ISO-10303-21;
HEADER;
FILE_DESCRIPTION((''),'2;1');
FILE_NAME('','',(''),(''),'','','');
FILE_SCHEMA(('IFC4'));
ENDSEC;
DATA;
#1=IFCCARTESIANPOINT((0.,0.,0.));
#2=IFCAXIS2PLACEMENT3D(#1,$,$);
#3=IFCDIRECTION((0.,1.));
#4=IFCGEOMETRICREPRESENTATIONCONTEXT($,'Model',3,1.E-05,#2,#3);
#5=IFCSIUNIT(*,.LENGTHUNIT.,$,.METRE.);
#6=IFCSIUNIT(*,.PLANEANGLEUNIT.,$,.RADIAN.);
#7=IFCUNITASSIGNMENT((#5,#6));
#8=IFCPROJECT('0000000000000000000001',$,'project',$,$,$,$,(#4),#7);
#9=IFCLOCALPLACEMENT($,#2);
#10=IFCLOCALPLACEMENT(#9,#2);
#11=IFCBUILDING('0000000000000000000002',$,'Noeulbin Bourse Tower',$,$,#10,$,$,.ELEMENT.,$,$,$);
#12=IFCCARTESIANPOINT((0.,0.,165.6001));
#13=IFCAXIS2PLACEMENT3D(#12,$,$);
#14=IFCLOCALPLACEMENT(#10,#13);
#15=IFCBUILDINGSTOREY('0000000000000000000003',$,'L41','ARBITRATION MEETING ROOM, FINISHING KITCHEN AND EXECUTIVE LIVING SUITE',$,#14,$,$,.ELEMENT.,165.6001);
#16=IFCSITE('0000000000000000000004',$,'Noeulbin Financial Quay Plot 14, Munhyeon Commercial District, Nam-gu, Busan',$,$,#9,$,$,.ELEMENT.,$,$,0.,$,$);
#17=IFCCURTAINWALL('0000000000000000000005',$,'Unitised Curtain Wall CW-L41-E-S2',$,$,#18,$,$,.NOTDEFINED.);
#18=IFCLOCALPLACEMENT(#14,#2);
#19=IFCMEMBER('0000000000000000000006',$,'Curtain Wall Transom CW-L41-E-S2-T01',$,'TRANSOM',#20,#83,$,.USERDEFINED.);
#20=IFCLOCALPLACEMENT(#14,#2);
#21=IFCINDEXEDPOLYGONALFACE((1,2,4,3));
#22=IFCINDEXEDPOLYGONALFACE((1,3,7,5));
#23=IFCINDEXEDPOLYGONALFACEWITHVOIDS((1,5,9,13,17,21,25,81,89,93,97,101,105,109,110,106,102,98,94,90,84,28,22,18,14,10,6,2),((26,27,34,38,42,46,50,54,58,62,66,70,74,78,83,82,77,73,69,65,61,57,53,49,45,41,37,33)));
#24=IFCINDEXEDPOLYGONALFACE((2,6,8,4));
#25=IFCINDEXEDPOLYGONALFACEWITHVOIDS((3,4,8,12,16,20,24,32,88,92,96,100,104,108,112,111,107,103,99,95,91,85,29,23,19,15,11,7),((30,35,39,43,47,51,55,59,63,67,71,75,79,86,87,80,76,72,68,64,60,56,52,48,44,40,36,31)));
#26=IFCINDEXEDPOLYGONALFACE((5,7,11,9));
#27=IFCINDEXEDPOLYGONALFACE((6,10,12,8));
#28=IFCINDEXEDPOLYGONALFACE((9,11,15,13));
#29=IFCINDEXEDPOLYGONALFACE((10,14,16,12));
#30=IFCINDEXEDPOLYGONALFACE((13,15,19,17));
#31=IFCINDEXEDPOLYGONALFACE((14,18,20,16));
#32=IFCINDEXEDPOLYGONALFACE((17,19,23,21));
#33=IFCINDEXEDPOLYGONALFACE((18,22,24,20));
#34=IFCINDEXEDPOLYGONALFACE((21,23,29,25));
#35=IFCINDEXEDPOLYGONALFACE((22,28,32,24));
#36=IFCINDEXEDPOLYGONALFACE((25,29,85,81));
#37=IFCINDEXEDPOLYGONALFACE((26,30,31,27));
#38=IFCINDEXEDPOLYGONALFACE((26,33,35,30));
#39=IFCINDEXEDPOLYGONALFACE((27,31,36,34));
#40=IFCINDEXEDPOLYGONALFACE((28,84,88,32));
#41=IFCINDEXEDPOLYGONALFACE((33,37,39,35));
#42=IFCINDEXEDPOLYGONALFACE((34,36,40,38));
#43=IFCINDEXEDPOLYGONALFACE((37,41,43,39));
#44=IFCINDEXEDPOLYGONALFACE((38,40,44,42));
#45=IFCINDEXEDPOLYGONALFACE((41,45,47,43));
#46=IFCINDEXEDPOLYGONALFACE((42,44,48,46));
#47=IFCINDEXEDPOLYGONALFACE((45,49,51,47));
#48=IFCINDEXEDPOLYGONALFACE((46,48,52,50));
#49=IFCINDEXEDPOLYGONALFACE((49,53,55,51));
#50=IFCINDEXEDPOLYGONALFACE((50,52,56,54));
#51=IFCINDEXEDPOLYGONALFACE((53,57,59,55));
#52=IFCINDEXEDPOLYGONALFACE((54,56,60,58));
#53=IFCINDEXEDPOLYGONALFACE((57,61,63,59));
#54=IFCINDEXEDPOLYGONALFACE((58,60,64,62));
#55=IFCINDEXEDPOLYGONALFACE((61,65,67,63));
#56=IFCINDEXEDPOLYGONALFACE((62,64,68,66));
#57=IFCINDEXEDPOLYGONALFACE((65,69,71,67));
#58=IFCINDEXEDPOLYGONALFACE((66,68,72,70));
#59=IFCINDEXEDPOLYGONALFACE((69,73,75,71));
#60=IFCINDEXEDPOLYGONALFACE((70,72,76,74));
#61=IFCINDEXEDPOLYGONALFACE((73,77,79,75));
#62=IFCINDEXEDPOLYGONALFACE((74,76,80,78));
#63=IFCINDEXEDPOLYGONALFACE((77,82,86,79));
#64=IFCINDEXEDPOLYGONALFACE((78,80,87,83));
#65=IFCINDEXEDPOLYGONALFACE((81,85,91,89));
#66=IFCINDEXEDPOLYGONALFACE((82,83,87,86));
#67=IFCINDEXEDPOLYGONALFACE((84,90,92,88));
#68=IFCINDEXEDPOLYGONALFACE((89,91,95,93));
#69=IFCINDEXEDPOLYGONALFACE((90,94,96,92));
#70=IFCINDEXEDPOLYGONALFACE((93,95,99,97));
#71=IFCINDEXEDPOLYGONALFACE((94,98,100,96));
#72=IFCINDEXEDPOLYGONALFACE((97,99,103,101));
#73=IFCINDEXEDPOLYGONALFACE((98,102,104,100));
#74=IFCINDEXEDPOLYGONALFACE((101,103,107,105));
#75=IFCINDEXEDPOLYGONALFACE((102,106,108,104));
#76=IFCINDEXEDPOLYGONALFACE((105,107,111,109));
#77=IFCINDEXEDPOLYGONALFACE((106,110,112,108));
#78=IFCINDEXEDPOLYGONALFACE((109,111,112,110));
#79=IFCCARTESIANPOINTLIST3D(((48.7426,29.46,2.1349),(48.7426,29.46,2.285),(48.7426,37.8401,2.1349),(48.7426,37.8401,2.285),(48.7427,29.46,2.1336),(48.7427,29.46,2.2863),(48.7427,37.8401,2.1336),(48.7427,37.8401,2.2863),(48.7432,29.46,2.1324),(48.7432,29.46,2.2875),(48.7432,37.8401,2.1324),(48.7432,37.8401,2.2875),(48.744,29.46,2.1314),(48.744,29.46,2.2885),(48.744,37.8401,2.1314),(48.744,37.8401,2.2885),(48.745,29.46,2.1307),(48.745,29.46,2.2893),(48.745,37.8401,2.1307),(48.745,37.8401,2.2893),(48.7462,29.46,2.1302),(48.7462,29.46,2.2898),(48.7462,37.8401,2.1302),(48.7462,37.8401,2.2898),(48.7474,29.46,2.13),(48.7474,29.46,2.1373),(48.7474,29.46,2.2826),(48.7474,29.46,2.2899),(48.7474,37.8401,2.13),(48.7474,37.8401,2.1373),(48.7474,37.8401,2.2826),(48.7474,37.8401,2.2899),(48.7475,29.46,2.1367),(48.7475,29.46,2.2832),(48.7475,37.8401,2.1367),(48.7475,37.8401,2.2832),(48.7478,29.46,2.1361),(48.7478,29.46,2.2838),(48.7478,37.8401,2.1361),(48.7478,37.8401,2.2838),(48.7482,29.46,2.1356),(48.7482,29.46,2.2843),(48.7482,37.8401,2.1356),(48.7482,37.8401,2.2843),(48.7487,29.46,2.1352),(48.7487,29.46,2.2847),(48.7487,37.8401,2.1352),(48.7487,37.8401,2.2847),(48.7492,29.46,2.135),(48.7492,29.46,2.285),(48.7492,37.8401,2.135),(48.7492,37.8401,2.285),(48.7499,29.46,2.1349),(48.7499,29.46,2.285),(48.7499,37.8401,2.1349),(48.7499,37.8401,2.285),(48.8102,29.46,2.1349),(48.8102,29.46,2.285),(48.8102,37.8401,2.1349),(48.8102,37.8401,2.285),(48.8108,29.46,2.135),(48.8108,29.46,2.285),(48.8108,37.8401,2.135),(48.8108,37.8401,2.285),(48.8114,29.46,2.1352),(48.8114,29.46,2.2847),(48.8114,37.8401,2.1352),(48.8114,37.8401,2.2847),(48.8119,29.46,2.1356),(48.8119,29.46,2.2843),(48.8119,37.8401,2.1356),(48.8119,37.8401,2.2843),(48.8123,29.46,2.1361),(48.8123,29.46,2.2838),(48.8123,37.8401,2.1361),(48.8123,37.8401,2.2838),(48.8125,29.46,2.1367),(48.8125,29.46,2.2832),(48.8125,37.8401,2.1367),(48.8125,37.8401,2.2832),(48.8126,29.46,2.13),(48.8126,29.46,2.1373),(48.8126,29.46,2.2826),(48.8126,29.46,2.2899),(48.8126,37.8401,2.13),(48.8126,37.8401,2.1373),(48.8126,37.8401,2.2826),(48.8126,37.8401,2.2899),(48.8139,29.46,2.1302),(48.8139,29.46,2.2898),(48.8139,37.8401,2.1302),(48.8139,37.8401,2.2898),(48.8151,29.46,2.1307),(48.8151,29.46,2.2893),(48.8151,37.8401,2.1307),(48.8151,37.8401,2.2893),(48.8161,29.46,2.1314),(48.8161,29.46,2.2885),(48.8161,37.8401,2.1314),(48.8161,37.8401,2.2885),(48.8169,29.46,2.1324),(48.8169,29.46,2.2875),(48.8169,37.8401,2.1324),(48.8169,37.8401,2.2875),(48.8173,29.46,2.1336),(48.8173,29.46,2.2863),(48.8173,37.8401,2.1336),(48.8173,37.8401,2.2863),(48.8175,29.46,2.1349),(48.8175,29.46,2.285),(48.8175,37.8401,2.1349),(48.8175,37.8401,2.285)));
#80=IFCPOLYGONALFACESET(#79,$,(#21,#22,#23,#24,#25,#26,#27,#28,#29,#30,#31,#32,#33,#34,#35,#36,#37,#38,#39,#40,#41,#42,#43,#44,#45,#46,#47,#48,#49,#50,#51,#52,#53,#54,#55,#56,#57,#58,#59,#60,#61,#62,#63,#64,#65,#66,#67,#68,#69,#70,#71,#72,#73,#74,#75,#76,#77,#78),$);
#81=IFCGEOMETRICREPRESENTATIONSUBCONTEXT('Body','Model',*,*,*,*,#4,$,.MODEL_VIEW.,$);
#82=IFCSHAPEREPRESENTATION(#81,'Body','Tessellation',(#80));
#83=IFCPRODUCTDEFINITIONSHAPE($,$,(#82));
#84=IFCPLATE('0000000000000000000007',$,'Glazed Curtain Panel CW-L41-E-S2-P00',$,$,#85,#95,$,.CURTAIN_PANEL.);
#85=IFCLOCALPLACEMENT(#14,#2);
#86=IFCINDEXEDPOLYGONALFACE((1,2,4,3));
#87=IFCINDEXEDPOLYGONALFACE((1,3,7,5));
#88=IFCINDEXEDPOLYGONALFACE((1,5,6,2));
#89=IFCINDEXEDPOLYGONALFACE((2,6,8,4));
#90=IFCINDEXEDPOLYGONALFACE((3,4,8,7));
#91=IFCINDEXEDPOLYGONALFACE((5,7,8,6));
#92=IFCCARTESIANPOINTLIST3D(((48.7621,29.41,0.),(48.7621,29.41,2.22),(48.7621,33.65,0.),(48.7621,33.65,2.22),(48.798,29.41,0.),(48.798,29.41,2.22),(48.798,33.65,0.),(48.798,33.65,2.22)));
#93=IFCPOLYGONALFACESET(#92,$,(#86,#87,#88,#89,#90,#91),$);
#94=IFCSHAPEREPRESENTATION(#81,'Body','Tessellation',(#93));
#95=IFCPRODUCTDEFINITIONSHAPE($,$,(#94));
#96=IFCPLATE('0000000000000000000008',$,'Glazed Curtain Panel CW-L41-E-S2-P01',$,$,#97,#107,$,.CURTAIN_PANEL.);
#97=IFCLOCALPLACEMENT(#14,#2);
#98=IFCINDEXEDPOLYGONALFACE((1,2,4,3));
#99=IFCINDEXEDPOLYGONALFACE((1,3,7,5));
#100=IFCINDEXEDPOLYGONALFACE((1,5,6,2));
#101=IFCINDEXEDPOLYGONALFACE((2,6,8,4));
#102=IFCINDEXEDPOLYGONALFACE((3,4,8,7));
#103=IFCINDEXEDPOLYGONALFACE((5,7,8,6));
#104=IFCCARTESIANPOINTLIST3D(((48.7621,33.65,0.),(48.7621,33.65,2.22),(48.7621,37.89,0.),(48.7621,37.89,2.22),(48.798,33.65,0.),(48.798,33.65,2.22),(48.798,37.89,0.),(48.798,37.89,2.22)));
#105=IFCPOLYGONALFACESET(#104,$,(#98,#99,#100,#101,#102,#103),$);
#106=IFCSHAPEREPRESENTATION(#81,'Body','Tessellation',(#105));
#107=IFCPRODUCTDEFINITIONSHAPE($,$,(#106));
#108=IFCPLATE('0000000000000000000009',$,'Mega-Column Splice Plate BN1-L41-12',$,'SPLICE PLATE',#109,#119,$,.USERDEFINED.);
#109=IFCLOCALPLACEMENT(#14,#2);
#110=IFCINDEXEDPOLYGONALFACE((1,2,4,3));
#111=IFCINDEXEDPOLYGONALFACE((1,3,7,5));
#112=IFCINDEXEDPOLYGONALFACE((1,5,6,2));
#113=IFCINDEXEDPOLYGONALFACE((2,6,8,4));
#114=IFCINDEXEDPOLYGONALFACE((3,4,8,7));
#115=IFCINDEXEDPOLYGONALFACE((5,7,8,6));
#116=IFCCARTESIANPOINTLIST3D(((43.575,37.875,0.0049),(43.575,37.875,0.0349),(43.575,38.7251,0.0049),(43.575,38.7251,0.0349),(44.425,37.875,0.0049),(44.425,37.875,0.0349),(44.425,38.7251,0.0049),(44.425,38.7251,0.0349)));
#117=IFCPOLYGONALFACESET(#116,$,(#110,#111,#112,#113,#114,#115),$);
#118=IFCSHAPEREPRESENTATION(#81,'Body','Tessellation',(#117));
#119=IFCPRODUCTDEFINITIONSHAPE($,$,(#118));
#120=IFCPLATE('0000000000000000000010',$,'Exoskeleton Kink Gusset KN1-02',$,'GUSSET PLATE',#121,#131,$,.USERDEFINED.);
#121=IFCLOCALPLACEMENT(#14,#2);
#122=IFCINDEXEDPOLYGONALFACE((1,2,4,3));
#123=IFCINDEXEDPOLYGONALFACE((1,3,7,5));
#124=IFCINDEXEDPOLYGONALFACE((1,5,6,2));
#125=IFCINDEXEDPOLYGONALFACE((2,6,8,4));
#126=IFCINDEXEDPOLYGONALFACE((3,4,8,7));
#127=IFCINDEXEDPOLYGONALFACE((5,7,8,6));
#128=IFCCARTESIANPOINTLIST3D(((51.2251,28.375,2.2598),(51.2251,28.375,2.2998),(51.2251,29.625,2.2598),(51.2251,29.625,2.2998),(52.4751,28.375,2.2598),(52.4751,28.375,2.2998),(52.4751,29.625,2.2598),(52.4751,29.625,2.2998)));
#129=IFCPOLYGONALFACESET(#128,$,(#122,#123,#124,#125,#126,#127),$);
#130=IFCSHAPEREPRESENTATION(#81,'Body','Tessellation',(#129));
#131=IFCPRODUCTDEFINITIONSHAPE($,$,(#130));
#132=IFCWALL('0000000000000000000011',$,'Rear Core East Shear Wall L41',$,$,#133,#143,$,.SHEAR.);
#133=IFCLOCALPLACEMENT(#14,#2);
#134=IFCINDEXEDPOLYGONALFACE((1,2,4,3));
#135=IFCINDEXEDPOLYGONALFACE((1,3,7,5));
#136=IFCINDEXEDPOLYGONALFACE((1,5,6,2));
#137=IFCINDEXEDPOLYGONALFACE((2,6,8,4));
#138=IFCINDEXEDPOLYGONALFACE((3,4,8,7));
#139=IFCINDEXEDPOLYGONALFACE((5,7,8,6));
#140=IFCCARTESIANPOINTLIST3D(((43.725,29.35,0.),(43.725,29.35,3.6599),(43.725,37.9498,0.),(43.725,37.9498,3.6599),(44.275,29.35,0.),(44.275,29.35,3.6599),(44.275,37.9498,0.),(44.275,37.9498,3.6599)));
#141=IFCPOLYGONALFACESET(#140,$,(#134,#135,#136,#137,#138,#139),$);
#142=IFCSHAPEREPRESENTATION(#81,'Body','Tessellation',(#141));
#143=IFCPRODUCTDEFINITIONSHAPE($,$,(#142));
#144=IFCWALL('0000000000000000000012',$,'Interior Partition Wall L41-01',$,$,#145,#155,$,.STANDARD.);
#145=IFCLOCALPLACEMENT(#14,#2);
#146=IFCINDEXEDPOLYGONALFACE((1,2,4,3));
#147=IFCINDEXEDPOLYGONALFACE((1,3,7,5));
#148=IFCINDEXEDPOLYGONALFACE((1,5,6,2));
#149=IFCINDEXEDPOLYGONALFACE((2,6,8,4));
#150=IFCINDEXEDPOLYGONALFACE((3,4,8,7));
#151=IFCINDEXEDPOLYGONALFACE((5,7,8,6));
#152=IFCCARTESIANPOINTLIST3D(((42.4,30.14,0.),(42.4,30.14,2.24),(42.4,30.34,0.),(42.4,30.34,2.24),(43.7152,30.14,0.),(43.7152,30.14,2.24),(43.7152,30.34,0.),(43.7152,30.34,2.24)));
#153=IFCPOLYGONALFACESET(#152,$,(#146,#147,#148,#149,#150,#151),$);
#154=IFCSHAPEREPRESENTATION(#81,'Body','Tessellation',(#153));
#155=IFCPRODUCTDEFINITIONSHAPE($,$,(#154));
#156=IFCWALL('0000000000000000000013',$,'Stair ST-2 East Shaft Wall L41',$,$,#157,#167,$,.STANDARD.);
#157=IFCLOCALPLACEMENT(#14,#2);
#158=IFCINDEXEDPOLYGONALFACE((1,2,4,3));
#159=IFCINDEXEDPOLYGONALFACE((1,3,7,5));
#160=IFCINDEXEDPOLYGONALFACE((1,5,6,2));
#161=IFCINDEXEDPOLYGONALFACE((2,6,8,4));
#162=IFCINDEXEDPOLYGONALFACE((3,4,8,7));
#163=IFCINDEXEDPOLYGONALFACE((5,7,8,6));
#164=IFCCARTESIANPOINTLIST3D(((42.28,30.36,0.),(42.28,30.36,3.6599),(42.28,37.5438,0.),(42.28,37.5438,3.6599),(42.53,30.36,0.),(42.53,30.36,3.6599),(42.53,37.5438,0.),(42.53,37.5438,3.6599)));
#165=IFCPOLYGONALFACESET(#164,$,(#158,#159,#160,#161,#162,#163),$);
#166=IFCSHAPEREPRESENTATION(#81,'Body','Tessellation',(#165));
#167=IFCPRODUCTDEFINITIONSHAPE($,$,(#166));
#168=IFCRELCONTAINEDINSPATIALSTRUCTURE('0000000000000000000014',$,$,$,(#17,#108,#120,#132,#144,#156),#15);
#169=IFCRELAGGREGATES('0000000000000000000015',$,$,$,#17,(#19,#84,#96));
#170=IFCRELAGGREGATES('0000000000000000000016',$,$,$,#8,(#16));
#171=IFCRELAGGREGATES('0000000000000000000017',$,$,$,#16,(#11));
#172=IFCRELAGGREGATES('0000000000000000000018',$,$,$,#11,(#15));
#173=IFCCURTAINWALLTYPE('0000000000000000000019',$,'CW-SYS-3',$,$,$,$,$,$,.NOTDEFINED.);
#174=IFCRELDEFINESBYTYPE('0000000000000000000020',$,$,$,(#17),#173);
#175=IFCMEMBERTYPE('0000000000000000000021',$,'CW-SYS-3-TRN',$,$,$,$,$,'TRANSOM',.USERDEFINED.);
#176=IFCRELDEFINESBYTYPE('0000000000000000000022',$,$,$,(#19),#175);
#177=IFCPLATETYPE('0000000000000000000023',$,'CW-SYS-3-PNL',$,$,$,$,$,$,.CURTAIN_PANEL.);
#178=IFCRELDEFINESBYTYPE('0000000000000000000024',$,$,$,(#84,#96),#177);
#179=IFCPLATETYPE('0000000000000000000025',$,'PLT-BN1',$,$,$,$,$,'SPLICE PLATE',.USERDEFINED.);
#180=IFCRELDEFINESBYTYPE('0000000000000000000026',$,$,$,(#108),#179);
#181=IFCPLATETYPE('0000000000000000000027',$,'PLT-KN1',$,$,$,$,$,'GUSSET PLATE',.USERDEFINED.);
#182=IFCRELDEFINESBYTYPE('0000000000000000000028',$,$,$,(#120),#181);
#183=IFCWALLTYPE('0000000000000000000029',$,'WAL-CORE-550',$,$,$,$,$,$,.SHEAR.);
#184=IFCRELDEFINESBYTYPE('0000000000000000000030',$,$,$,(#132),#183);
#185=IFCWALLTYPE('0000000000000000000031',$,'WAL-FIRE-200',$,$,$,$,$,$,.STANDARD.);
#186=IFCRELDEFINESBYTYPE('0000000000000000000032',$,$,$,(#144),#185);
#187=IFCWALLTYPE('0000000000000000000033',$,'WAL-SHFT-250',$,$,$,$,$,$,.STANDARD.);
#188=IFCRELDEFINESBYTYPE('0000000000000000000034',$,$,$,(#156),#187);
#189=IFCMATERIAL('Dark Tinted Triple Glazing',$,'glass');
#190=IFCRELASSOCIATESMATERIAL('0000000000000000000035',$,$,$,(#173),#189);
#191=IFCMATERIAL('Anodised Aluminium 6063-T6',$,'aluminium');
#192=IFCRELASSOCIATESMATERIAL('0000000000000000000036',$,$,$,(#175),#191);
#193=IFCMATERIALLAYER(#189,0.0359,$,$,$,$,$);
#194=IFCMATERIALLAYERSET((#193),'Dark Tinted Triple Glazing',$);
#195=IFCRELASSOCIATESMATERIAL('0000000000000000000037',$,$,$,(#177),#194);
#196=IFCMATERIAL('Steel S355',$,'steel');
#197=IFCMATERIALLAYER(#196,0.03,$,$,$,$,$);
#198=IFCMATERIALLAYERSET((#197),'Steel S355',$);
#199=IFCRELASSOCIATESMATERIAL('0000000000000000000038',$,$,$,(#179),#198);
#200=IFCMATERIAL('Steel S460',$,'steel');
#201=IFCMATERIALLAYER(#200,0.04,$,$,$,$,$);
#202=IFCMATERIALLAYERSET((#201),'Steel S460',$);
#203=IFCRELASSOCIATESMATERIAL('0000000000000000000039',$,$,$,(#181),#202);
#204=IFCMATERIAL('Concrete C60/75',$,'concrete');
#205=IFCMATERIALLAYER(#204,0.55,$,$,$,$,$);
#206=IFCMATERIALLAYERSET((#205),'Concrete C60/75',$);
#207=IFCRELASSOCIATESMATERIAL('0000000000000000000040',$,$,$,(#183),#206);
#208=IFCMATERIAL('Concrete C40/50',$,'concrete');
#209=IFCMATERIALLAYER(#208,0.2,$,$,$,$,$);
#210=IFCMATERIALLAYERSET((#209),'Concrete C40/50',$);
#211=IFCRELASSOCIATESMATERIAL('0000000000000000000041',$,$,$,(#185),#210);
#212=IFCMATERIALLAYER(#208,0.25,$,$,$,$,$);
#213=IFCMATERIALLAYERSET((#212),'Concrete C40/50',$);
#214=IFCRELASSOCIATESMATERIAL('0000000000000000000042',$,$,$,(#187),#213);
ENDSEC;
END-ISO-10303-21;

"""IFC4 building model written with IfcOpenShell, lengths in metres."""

from ifc_helpers import new_model, si_unit, direction, frame, frame_2d, origin, origin_2d, place, context, subcontext, project, spatial, rectangle, hollow_rectangle, extrude, material, layer, layer_set, material_profile, profile_set, type_object, element, aggregate, save


model = new_model("IFC4")

# Units and contexts
model_context = context("Model", 3, precision=1e-05, world=origin(), true_north=direction((0.0, 1.0)))
body_context = subcontext(model_context, "Body", "Model", "MODEL_VIEW")
ifc_project = project(units=[si_unit("LENGTHUNIT", "METRE"), si_unit("PLANEANGLEUNIT", "RADIAN")], contexts=[model_context])

# Site, building, storey
site_placement = place(None, origin())
site = spatial("IfcSite", under=ifc_project, at=site_placement, Name="Noeulbin Financial Quay Plot 14, Munhyeon Commercial District, Nam-gu, Busan", CompositionType="ELEMENT", RefElevation=0.0)
building_placement = place(site_placement, origin())
building = spatial("IfcBuilding", under=site, at=building_placement, Name="Noeulbin Bourse Tower", CompositionType="ELEMENT")
storey_placement = place(building_placement, frame((0.0, 0.0, 165.6001)))
storey = spatial("IfcBuildingStorey", under=building, at=storey_placement, Name="L41", Description="ARBITRATION MEETING ROOM, FINISHING KITCHEN AND EXECUTIVE LIVING SUITE", CompositionType="ELEMENT", Elevation=165.6001)

# Shared definitions
ifc_material_1 = material(Name="Steel S355", Category="steel")
ifc_material_2 = material(Name="Steel S460", Category="steel")

# Curtain wall, member, plates
ifc_material_3 = material(Name="Dark Tinted Triple Glazing", Category="glass")
curtain_wall_type = type_object("IfcCurtainWallType", Name="CW-SYS-3", PredefinedType="NOTDEFINED", material=ifc_material_3)
curtain_wall_placement = place(storey_placement, origin())
curtain_wall = element("IfcCurtainWall", 1, at=curtain_wall_placement, inside=storey, type_object=curtain_wall_type, Name="Unitised Curtain Wall CW-L41-E-S2", PredefinedType="NOTDEFINED")
ifc_material_4 = material(Name="Anodised Aluminium 6063-T6", Category="aluminium")
ifc_material_profile_1 = material_profile(ifc_material_4, hollow_rectangle(XDim=0.075, YDim=0.1599, WallThickness=0.0049, InnerFilletRadius=0.0024, OuterFilletRadius=0.0049, at=origin_2d()), Name="ALU-TRAN-75x160x5", Category="LoadBearing")
ifc_profile_set_1 = profile_set([ifc_material_profile_1], Name="Anodised Aluminium 6063-T6")
member_type_1 = type_object("IfcMemberType", Name="CW-SYS-3-TRN", ElementType="TRANSOM", PredefinedType="USERDEFINED", material=ifc_profile_set_1)
member_1_placement = place(storey_placement, frame((48.78, 29.46, 2.21), z_axis=(0.0, 1.0, 0.0), x_axis=(-1.0, 0.0, 0.0)))
member_1 = element("IfcMember", 2, at=member_1_placement, type_object=member_type_1, Name="Curtain Wall Transom CW-L41-E-S2-T01", ObjectType="TRANSOM", PredefinedType="USERDEFINED", context=body_context, shape_type="SweptSolid", body=[
    extrude(hollow_rectangle(XDim=0.075, YDim=0.1599, WallThickness=0.0049, InnerFilletRadius=0.0024, OuterFilletRadius=0.0049, at=origin_2d()), origin(), (0.0, 0.0, 1.0), 8.3801),
])
ifc_layer_1 = layer(ifc_material_3, 0.0359)
ifc_layer_set_1 = layer_set([ifc_layer_1], Name="Dark Tinted Triple Glazing")
plate_type_1 = type_object("IfcPlateType", Name="CW-SYS-3-PNL", PredefinedType="CURTAIN_PANEL", material=ifc_layer_set_1)
plate_1_placement = place(storey_placement, frame((48.78, 31.53, 0.0), z_axis=(0.0, 0.0, 1.0), x_axis=(0.0, 1.0, 0.0)))
plate_1 = element("IfcPlate", 3, at=plate_1_placement, type_object=plate_type_1, Name="Glazed Curtain Panel CW-L41-E-S2-P00", PredefinedType="CURTAIN_PANEL", context=body_context, shape_type="SweptSolid", body=[
    extrude(rectangle(XDim=4.24, YDim=0.0359, at=origin_2d()), origin(), (0.0, 0.0, 1.0), 2.22),
])
plate_2_placement = place(storey_placement, frame((48.78, 35.77, 0.0), z_axis=(0.0, 0.0, 1.0), x_axis=(0.0, 1.0, 0.0)))
plate_2 = element("IfcPlate", 4, at=plate_2_placement, type_object=plate_type_1, Name="Glazed Curtain Panel CW-L41-E-S2-P01", PredefinedType="CURTAIN_PANEL", context=body_context, shape_type="SweptSolid", body=[
    extrude(rectangle(XDim=4.24, YDim=0.0359, at=origin_2d()), origin(), (0.0, 0.0, 1.0), 2.22),
])
aggregate(curtain_wall, [member_1, plate_1, plate_2])

# Plates
ifc_layer_2 = layer(ifc_material_1, 0.03)
ifc_layer_set_2 = layer_set([ifc_layer_2], Name="Steel S355")
plate_type_2 = type_object("IfcPlateType", Name="PLT-BN1", ElementType="SPLICE PLATE", PredefinedType="USERDEFINED", material=ifc_layer_set_2)
plate_3_placement = place(storey_placement, frame((44.0, 38.3, 0.0049), z_axis=(0.0, 0.0, 1.0), x_axis=(1.0, 0.0, 0.0)))
element("IfcPlate", 5, at=plate_3_placement, inside=storey, type_object=plate_type_2, Name="Mega-Column Splice Plate BN1-L41-12", ObjectType="SPLICE PLATE", PredefinedType="USERDEFINED", context=body_context, shape_type="SweptSolid", body=[
    extrude(rectangle(XDim=0.8501, YDim=0.8501, at=origin_2d()), origin(), (0.0, 0.0, 1.0), 0.03),
])
ifc_layer_3 = layer(ifc_material_2, 0.04)
ifc_layer_set_3 = layer_set([ifc_layer_3], Name="Steel S460")
plate_type_3 = type_object("IfcPlateType", Name="PLT-KN1", ElementType="GUSSET PLATE", PredefinedType="USERDEFINED", material=ifc_layer_set_3)
plate_4_placement = place(storey_placement, frame((51.8501, 29.0, 2.2598), z_axis=(0.0, 0.0, 1.0), x_axis=(1.0, 0.0, 0.0)))
element("IfcPlate", 6, at=plate_4_placement, inside=storey, type_object=plate_type_3, Name="Exoskeleton Kink Gusset KN1-02", ObjectType="GUSSET PLATE", PredefinedType="USERDEFINED", context=body_context, shape_type="SweptSolid", body=[
    extrude(rectangle(XDim=1.25, YDim=1.25, at=origin_2d()), origin(), (0.0, 0.0, 1.0), 0.04),
])

# Walls
ifc_material_5 = material(Name="Concrete C60/75", Category="concrete")
ifc_layer_4 = layer(ifc_material_5, 0.55)
ifc_layer_set_4 = layer_set([ifc_layer_4], Name="Concrete C60/75")
wall_type_1 = type_object("IfcWallType", Name="WAL-CORE-550", PredefinedType="SHEAR", material=ifc_layer_set_4)
wall_1_placement = place(storey_placement, frame((44.0, 29.3501, 0.0), z_axis=(0.0, 0.0, 1.0), x_axis=(0.0, 1.0, 0.0)))
element("IfcWall", 7, at=wall_1_placement, inside=storey, type_object=wall_type_1, Name="Rear Core East Shear Wall L41", PredefinedType="SHEAR", context=body_context, shape_type="SweptSolid", body=[
    extrude(rectangle(XDim=8.5999, YDim=0.55, at=frame_2d((4.2998, 0.0))), origin(), (0.0, 0.0, 1.0), 3.6599),
])
ifc_material_6 = material(Name="Concrete C40/50", Category="concrete")
ifc_layer_5 = layer(ifc_material_6, 0.2)
ifc_layer_set_5 = layer_set([ifc_layer_5], Name="Concrete C40/50")
wall_type_2 = type_object("IfcWallType", Name="WAL-FIRE-200", PredefinedType="STANDARD", material=ifc_layer_set_5)
wall_2_placement = place(storey_placement, frame((42.3999, 30.24, 0.0), z_axis=(0.0, 0.0, 1.0), x_axis=(1.0, 0.0, 0.0)))
element("IfcWall", 8, at=wall_2_placement, inside=storey, type_object=wall_type_2, Name="Interior Partition Wall L41-01", PredefinedType="STANDARD", context=body_context, shape_type="SweptSolid", body=[
    extrude(rectangle(XDim=1.3152, YDim=0.2, at=frame_2d((0.6577, 0.0))), origin(), (0.0, 0.0, 1.0), 2.24),
])
ifc_layer_6 = layer(ifc_material_6, 0.25)
ifc_layer_set_6 = layer_set([ifc_layer_6], Name="Concrete C40/50")
wall_type_3 = type_object("IfcWallType", Name="WAL-SHFT-250", PredefinedType="STANDARD", material=ifc_layer_set_6)
wall_3_placement = place(storey_placement, frame((42.405, 30.3601, 0.0), z_axis=(0.0, 0.0, 1.0), x_axis=(0.0, 1.0, 0.0)))
element("IfcWall", 9, at=wall_3_placement, inside=storey, type_object=wall_type_3, Name="Stair ST-2 East Shaft Wall L41", PredefinedType="STANDARD", context=body_context, shape_type="SweptSolid", body=[
    extrude(rectangle(XDim=7.1838, YDim=0.25, at=frame_2d((3.5918, 0.0))), origin(), (0.0, 0.0, 1.0), 3.6599),
])

save(model, "model.ifc")
